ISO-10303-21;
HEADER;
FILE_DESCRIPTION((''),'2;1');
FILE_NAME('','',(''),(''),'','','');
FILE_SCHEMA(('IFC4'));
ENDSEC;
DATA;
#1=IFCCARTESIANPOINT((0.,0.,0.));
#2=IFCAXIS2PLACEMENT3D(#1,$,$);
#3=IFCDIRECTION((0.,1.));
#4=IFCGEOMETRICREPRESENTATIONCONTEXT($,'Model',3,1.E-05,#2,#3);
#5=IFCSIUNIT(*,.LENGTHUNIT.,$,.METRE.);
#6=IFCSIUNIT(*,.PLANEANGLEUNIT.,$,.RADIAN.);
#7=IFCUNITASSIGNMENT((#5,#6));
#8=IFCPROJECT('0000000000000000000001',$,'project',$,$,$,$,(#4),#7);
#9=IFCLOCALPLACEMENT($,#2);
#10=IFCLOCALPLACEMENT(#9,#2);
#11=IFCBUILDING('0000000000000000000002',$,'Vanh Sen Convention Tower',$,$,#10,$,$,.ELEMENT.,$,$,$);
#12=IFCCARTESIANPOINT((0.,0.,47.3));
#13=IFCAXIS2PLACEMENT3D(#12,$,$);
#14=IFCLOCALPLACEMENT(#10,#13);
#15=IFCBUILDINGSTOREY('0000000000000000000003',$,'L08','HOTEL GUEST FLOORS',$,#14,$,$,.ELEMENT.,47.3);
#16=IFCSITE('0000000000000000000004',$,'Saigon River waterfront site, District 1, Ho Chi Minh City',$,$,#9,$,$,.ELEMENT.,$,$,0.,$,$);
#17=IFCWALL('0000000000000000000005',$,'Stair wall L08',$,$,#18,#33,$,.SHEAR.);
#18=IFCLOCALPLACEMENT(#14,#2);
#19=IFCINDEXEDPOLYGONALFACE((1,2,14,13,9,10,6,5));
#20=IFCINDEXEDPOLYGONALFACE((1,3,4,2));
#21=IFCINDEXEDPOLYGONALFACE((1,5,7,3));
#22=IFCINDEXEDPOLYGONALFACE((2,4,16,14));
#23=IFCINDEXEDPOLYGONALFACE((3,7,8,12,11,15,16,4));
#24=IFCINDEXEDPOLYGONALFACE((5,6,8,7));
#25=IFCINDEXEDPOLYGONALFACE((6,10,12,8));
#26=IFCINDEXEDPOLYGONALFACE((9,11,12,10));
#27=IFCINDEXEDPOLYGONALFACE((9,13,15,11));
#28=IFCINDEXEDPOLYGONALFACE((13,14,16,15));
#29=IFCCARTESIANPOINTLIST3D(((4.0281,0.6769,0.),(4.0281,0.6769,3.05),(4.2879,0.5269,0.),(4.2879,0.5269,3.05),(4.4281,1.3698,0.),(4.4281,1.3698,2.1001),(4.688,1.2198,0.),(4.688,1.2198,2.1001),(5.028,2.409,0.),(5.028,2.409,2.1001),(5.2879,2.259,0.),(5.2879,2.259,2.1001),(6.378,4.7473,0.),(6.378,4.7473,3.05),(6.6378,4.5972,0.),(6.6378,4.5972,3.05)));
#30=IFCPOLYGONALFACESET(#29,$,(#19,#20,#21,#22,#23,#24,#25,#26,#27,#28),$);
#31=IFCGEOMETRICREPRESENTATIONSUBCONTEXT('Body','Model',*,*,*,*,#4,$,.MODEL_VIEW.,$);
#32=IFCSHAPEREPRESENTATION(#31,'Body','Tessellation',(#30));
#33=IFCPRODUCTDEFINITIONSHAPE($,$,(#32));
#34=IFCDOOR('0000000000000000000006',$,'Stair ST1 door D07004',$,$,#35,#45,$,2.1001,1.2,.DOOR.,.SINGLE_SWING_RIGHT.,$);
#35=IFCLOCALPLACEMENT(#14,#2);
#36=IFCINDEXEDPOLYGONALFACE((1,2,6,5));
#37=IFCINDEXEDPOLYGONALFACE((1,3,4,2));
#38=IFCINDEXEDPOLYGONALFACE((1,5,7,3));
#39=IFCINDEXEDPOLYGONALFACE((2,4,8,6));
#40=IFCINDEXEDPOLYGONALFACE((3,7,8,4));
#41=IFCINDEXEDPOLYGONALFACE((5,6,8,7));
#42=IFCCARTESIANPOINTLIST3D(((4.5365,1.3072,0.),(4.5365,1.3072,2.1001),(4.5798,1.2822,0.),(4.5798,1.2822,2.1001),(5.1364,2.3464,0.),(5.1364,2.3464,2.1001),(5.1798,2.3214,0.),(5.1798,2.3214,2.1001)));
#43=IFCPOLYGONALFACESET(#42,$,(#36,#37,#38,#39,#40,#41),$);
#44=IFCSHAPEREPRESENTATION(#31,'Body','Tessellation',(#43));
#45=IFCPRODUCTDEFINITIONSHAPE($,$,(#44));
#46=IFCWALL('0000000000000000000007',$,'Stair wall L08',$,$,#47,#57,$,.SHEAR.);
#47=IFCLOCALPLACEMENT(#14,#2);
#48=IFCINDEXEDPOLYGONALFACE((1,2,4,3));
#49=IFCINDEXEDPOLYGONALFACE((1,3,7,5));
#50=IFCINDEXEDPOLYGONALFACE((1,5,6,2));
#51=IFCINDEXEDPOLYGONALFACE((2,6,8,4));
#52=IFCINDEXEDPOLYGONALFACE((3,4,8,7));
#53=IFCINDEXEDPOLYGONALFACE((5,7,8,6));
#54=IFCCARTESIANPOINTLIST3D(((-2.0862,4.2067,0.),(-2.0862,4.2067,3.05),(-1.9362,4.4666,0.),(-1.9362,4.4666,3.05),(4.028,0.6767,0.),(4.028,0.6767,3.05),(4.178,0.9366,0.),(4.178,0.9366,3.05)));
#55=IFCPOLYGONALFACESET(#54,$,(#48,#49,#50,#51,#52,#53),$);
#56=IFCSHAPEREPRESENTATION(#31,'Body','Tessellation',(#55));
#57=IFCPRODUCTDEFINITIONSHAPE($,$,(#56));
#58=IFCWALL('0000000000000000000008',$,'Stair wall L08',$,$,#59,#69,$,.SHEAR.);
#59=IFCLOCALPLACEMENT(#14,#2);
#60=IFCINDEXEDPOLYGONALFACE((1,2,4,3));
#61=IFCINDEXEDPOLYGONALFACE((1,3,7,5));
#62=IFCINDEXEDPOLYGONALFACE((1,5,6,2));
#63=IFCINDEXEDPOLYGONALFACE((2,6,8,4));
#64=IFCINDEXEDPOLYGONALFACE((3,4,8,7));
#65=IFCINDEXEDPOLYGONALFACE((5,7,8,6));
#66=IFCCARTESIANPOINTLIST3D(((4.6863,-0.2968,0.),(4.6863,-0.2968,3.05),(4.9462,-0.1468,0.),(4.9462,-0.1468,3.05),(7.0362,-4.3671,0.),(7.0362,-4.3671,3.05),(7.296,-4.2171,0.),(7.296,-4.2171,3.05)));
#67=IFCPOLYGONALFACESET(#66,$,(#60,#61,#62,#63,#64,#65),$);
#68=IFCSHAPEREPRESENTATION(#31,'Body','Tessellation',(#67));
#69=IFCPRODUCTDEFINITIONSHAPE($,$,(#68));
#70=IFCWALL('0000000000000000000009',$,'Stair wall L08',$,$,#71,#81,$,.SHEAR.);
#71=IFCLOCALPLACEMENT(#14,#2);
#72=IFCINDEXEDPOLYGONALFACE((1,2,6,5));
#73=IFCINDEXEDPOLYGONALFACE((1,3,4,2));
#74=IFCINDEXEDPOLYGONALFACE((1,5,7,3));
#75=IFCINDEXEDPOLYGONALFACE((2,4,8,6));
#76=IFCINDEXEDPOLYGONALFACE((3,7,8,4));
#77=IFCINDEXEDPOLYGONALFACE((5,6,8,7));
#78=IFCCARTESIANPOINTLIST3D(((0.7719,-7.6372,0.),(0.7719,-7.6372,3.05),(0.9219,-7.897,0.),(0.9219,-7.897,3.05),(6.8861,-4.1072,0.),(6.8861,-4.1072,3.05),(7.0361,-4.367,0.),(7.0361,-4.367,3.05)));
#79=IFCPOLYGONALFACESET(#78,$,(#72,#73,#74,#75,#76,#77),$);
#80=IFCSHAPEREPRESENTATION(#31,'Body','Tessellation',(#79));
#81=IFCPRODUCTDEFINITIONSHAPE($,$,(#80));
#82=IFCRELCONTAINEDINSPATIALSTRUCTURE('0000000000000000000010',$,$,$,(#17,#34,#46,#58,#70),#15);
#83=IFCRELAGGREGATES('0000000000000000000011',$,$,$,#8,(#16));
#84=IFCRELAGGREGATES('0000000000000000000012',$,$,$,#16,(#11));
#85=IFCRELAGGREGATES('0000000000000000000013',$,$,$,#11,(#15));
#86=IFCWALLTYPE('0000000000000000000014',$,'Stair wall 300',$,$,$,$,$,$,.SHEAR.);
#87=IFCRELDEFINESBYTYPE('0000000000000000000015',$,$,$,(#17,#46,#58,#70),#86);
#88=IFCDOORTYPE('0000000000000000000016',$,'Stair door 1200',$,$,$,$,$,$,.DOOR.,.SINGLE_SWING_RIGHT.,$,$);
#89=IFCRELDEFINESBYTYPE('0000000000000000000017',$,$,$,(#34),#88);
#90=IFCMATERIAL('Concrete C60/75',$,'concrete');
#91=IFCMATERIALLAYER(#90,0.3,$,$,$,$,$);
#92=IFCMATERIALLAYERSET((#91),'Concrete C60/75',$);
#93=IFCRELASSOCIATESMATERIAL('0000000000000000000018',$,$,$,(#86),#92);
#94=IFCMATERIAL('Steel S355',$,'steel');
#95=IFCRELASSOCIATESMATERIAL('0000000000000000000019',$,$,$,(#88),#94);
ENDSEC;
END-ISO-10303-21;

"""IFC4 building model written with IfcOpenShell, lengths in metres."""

from ifc_helpers import new_model, si_unit, direction, frame, frame_2d, origin, place, context, subcontext, project, spatial, rectangle, extrude, material, layer, layer_set, type_object, element, fill, save


model = new_model("IFC4")

# Units and contexts
model_context = context("Model", 3, precision=1e-05, world=origin(), true_north=direction((0.0, 1.0)))
body_context = subcontext(model_context, "Body", "Model", "MODEL_VIEW")
ifc_project = project(units=[si_unit("LENGTHUNIT", "METRE"), si_unit("PLANEANGLEUNIT", "RADIAN")], contexts=[model_context])

# Site, building, storey
site_placement = place(None, origin())
site = spatial("IfcSite", under=ifc_project, at=site_placement, Name="Saigon River waterfront site, District 1, Ho Chi Minh City", CompositionType="ELEMENT", RefElevation=0.0)
building_placement = place(site_placement, origin())
building = spatial("IfcBuilding", under=site, at=building_placement, Name="Vanh Sen Convention Tower", CompositionType="ELEMENT")
storey_placement = place(building_placement, frame((0.0, 0.0, 47.3)))
storey = spatial("IfcBuildingStorey", under=building, at=storey_placement, Name="L08", Description="HOTEL GUEST FLOORS", CompositionType="ELEMENT", Elevation=47.3)

# Shared definitions
ifc_material_1 = material(Name="Steel S355", Category="steel")

# Wall, opening, door
ifc_material_2 = material(Name="Concrete C60/75", Category="concrete")
ifc_layer_1 = layer(ifc_material_2, 0.3)
ifc_layer_set_1 = layer_set([ifc_layer_1], Name="Concrete C60/75")
wall_type_1 = type_object("IfcWallType", Name="Stair wall 300", PredefinedType="SHEAR", material=ifc_layer_set_1)
wall_1_placement = place(storey_placement, frame((4.158, 0.6018, 0.0), z_axis=(0.0, 0.0, 1.0), x_axis=(0.499977, 0.866039, 0.0)))
wall_1 = element("IfcWall", 1, at=wall_1_placement, inside=storey, type_object=wall_type_1, Name="Stair wall L08", PredefinedType="SHEAR", context=body_context, shape_type="SweptSolid", body=[
    extrude(rectangle(XDim=4.7, YDim=0.3, at=frame_2d((2.3501, 0.0))), origin(), (0.0, 0.0, 1.0), 3.05),
])
opening_1_placement = place(wall_1_placement, frame((0.8, 0.0, 0.0)))
opening_1 = element("IfcOpeningElement", 2, at=opening_1_placement, cuts=wall_1, PredefinedType="OPENING", context=body_context, shape_type="SweptSolid", body=[
    extrude(rectangle(XDim=1.2, YDim=2.1001, at=frame_2d((0.6001, 1.05))), frame((0.0, 0.1599, 0.0), z_axis=(0.0, -1.0, 0.0), x_axis=(1.0, 0.0, 0.0)), (0.0, 0.0, 1.0), 0.3201),
])
door_type_1 = type_object("IfcDoorType", Name="Stair door 1200", OperationType="SINGLE_SWING_RIGHT", PredefinedType="DOOR", material=ifc_material_1)
door_1_placement = place(opening_1_placement, origin())
door_1 = element("IfcDoor", 3, at=door_1_placement, inside=storey, type_object=door_type_1, Name="Stair ST1 door D07004", OperationType="SINGLE_SWING_RIGHT", OverallHeight=2.1001, OverallWidth=1.2, PredefinedType="DOOR", context=body_context, shape_type="SweptSolid", body=[
    extrude(rectangle(XDim=1.2, YDim=2.1001, at=frame_2d((0.6001, 1.05))), frame((0.0, 0.0249, 0.0), z_axis=(0.0, -1.0, 0.0), x_axis=(1.0, 0.0, 0.0)), (0.0, 0.0, 1.0), 0.05),
])
fill(opening_1, door_1)

# Walls
wall_2_placement = place(storey_placement, frame((4.103, 0.8066, 0.0), z_axis=(0.0, 0.0, 1.0), x_axis=(-0.866028, 0.499996, 0.0)))
element("IfcWall", 4, at=wall_2_placement, inside=storey, type_object=wall_type_1, Name="Stair wall L08", PredefinedType="SHEAR", context=body_context, shape_type="SweptSolid", body=[
    extrude(rectangle(XDim=7.0601, YDim=0.3, at=frame_2d((3.53, 0.0))), origin(), (0.0, 0.0, 1.0), 3.05),
])
wall_3_placement = place(storey_placement, frame((4.8162, -0.2217, 0.0), z_axis=(0.0, 0.0, 1.0), x_axis=(0.499977, -0.866039, 0.0)))
element("IfcWall", 5, at=wall_3_placement, inside=storey, type_object=wall_type_1, Name="Stair wall L08", PredefinedType="SHEAR", context=body_context, shape_type="SweptSolid", body=[
    extrude(rectangle(XDim=4.7, YDim=0.3, at=frame_2d((2.3501, 0.0))), origin(), (0.0, 0.0, 1.0), 3.05),
])
wall_4_placement = place(storey_placement, frame((0.8469, -7.7671, 0.0), z_axis=(0.0, 0.0, 1.0), x_axis=(0.866028, 0.499996, 0.0)))
element("IfcWall", 6, at=wall_4_placement, inside=storey, type_object=wall_type_1, Name="Stair wall L08", PredefinedType="SHEAR", context=body_context, shape_type="SweptSolid", body=[
    extrude(rectangle(XDim=7.0601, YDim=0.3, at=frame_2d((3.53, 0.0))), origin(), (0.0, 0.0, 1.0), 3.05),
])

save(model, "model.ifc")
